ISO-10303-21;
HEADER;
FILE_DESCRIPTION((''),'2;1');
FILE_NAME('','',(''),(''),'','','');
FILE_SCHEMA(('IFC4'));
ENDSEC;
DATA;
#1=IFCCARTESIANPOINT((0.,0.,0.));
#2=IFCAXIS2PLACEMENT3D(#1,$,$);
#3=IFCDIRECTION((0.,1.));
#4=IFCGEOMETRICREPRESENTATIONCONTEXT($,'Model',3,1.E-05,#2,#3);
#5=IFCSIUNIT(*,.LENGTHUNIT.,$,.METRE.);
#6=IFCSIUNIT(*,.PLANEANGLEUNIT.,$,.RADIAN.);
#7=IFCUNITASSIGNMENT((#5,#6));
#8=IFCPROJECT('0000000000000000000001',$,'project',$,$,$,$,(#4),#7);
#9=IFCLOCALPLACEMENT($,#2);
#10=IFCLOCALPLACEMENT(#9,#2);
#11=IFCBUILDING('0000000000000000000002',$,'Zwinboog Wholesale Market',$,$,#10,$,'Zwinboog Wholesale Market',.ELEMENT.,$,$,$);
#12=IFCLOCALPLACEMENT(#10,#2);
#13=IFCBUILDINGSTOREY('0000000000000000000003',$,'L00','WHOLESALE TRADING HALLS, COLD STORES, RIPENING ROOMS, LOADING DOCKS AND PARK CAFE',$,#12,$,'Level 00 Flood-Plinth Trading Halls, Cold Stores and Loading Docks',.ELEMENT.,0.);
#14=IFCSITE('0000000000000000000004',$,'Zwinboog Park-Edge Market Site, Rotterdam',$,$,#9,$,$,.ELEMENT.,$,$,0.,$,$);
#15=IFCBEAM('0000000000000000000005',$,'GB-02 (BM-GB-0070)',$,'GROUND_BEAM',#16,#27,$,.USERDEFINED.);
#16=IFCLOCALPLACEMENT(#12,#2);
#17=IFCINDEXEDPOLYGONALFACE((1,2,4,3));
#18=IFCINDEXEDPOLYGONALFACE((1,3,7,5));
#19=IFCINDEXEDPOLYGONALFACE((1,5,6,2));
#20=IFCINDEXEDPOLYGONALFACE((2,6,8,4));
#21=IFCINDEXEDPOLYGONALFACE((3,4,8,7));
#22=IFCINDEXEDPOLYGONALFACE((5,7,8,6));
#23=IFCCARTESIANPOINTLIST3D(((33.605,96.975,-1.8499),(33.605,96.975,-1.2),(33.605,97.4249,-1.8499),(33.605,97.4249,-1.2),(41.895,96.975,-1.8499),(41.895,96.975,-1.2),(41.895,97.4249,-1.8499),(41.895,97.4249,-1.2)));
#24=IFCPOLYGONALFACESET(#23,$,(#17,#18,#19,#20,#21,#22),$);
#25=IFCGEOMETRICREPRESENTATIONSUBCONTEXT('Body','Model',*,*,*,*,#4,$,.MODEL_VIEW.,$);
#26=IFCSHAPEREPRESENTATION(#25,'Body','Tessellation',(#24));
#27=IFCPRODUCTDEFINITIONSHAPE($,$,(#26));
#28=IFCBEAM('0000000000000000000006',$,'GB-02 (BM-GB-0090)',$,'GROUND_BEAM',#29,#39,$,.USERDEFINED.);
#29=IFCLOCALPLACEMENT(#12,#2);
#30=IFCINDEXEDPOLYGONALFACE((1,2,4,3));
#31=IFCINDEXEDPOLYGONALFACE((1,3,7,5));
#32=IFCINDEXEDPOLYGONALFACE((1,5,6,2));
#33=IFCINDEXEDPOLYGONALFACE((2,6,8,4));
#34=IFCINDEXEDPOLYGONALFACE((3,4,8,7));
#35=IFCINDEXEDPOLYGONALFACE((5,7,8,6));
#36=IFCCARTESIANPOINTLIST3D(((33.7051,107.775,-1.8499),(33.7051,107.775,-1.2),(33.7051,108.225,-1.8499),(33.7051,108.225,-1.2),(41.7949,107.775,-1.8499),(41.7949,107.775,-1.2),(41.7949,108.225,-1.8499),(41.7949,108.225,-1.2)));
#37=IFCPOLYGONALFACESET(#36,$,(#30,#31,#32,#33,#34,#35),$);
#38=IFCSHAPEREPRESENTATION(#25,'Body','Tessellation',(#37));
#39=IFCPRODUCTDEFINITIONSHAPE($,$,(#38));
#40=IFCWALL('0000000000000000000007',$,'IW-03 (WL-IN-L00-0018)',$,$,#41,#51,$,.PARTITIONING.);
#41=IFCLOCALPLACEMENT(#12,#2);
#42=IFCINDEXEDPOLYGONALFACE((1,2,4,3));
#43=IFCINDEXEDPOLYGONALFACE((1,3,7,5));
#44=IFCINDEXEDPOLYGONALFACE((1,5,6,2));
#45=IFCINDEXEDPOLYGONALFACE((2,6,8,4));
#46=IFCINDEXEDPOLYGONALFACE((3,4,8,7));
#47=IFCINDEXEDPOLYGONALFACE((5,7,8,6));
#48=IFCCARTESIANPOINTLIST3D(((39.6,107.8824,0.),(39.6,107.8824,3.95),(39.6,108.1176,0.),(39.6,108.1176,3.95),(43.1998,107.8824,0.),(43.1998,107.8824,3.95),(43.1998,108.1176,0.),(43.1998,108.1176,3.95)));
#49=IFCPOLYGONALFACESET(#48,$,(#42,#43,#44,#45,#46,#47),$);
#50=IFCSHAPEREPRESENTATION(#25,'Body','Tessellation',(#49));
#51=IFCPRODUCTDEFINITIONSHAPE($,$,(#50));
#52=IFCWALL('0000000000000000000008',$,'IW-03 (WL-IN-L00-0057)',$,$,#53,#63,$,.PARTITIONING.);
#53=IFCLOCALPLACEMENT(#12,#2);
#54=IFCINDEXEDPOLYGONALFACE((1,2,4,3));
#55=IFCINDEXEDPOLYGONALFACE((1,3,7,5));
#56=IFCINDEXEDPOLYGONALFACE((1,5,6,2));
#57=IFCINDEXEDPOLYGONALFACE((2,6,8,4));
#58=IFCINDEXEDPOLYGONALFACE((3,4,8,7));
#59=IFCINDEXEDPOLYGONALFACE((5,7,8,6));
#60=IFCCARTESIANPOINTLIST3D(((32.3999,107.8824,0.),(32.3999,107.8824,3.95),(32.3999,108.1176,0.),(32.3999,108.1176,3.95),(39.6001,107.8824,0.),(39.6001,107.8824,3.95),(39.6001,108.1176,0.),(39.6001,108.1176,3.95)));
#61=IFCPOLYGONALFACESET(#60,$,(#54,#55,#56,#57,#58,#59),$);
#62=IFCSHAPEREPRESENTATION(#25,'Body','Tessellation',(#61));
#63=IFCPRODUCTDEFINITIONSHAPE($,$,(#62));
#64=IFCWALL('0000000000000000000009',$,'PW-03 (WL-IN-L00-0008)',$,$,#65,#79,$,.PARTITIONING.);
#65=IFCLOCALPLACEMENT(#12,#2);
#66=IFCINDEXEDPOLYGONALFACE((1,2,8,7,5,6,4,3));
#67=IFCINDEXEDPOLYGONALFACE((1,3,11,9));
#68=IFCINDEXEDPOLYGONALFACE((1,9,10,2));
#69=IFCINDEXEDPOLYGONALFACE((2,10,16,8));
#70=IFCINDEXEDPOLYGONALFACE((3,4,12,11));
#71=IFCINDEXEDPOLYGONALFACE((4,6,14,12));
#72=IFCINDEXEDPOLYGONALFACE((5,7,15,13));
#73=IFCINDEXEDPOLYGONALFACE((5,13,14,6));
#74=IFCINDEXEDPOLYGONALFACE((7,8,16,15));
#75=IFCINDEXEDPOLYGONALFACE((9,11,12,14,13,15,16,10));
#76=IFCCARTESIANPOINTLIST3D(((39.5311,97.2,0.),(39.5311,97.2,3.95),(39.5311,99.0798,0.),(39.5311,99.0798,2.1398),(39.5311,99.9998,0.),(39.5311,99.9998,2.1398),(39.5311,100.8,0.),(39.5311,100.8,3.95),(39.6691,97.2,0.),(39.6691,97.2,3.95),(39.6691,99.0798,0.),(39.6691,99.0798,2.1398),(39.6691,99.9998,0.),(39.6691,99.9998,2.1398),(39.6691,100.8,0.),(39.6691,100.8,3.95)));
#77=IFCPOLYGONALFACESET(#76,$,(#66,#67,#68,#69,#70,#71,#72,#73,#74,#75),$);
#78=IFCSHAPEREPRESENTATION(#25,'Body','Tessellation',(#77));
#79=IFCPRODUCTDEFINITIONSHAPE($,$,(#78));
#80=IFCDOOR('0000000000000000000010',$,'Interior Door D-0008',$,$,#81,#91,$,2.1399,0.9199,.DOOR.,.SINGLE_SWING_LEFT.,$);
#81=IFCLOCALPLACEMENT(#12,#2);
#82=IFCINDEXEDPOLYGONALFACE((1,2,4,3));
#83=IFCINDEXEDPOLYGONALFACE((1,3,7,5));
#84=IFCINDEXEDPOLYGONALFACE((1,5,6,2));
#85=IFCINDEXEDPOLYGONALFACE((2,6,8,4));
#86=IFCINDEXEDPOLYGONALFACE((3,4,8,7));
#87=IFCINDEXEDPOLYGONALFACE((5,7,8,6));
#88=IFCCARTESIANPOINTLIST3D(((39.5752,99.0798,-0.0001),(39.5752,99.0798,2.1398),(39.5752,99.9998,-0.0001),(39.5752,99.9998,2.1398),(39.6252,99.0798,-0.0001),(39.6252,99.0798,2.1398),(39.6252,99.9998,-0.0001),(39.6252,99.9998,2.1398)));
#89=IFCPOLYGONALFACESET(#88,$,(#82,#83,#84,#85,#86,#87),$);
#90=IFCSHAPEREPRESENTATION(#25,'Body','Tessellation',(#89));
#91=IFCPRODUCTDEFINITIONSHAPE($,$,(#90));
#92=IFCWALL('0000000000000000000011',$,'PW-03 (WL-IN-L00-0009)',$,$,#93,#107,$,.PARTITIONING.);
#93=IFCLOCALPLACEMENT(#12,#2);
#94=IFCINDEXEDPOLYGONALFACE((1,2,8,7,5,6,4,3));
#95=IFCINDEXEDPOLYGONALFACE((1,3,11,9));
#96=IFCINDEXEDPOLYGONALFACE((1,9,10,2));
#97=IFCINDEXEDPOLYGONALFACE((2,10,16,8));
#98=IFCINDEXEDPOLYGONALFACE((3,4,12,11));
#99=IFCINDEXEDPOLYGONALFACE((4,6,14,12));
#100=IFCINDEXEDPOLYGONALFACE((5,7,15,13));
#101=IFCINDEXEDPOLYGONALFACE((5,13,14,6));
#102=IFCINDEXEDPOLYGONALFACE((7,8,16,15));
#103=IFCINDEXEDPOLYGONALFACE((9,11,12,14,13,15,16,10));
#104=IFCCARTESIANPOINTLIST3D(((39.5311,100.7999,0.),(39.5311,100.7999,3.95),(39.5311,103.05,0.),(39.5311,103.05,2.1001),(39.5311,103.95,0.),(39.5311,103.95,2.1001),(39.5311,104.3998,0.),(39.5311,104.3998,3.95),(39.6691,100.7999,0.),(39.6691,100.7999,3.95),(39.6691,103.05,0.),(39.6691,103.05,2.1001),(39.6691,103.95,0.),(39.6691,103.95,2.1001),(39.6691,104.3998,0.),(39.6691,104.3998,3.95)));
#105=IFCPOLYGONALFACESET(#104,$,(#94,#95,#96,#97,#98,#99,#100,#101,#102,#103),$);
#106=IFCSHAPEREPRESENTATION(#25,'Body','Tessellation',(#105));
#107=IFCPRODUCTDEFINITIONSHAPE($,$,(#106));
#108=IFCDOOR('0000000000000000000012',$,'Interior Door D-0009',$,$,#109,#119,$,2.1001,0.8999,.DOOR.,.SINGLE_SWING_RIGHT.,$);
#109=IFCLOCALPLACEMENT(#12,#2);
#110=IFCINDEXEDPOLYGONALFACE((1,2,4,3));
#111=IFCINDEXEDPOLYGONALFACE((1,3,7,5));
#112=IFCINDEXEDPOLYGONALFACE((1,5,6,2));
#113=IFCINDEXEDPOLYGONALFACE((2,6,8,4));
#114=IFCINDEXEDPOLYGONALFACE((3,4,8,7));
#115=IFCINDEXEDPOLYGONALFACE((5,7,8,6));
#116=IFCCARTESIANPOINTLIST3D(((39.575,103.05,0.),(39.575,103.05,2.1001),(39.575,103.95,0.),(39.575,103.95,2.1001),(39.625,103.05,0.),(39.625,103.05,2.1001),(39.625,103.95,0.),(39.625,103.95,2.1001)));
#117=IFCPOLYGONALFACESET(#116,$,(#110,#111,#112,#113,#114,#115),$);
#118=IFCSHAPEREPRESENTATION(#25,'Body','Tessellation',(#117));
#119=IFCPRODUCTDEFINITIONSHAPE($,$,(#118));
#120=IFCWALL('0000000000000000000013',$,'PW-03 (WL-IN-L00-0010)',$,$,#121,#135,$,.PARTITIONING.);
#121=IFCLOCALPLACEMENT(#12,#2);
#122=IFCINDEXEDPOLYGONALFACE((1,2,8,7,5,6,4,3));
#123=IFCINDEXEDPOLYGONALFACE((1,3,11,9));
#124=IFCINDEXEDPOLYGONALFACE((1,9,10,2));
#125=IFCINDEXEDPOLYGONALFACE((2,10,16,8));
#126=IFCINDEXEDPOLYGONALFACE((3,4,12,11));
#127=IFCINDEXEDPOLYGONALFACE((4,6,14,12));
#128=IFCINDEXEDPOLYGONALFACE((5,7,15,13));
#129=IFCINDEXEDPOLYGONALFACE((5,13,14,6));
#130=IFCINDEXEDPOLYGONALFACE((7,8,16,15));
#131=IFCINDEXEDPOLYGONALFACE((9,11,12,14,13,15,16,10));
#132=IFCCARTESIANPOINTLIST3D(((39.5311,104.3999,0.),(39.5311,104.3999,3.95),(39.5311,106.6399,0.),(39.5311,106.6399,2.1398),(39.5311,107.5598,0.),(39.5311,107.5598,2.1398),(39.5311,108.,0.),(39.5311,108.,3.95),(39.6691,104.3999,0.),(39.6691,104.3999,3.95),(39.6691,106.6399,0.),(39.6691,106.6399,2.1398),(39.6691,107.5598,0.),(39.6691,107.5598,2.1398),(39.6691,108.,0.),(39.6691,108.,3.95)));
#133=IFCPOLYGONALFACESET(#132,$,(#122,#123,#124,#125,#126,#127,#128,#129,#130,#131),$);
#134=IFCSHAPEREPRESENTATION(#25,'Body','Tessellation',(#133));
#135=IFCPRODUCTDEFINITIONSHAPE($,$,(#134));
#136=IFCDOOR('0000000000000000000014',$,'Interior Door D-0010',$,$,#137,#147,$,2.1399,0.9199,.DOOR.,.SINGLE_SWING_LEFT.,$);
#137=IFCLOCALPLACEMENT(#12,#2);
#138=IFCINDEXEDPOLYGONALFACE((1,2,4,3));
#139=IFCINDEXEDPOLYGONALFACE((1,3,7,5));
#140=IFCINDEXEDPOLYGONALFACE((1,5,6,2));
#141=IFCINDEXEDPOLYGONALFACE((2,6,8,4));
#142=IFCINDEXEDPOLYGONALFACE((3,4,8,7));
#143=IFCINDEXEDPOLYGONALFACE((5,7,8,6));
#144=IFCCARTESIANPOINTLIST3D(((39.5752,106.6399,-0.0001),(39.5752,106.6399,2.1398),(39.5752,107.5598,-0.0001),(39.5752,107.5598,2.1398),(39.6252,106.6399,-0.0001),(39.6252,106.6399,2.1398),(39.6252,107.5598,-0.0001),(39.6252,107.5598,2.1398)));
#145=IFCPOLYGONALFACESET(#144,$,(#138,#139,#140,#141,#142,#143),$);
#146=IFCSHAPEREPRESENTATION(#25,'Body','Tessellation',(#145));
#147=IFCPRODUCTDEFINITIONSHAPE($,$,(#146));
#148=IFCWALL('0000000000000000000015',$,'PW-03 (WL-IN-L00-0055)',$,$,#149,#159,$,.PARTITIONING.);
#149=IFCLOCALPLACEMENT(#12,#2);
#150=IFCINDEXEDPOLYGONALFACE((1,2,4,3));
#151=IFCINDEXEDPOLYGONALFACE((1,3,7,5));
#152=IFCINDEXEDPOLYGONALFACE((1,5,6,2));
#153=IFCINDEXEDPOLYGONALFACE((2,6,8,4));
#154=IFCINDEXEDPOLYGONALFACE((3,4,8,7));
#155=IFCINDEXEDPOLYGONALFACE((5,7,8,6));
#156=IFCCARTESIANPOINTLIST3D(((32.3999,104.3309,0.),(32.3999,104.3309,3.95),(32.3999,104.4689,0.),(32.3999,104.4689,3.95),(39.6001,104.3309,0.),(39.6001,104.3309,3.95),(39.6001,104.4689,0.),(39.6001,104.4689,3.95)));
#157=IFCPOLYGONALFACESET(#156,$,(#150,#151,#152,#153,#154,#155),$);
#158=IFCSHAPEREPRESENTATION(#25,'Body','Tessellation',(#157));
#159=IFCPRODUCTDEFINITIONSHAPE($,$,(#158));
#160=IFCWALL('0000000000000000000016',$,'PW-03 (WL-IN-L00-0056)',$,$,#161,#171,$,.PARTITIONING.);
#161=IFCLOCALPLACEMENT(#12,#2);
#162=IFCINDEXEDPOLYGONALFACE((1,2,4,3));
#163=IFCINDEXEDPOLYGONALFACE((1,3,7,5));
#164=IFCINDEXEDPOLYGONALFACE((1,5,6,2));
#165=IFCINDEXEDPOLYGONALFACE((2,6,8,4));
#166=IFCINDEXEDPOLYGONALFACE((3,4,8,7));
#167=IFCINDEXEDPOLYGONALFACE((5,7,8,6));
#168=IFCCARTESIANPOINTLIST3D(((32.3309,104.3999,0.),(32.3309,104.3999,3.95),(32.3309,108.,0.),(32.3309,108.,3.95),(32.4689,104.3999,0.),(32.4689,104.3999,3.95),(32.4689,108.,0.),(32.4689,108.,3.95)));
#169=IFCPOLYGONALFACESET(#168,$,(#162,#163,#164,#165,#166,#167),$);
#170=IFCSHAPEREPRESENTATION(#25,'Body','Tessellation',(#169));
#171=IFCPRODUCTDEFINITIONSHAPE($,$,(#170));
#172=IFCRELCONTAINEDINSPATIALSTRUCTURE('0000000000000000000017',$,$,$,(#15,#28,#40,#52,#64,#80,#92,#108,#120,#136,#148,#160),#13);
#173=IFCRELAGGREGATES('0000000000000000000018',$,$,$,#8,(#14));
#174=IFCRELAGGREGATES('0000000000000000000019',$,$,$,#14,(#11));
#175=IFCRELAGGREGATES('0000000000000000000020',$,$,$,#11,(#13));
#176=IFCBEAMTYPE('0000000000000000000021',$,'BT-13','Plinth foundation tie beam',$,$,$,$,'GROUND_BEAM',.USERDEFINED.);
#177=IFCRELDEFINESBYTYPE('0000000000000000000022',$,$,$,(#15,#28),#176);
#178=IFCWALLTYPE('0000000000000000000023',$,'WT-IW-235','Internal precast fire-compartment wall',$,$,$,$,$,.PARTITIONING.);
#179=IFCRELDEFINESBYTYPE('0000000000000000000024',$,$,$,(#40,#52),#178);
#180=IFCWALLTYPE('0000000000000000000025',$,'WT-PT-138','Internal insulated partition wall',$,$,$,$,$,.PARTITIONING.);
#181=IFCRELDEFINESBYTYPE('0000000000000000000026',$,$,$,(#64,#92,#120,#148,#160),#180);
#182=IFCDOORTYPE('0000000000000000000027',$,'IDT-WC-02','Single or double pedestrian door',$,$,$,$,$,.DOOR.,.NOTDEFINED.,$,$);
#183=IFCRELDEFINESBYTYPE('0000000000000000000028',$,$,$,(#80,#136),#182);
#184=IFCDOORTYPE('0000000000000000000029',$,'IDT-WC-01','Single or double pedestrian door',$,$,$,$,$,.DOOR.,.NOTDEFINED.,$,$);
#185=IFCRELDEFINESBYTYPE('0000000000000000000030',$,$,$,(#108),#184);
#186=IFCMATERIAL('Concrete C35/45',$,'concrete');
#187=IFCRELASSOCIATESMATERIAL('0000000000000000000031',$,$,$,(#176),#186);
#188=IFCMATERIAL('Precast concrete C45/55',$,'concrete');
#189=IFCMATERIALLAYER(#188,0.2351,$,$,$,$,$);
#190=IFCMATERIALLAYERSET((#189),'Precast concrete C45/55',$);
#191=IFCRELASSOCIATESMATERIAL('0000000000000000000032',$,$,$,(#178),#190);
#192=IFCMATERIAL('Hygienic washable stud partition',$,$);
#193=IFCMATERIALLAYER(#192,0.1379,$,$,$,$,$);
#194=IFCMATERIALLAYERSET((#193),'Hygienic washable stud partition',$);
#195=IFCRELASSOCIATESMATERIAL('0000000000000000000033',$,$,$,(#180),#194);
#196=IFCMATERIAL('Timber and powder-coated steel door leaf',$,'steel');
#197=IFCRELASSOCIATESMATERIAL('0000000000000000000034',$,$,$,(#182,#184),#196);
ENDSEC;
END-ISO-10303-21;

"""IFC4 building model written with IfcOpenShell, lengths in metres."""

from ifc_helpers import new_model, si_unit, direction, frame, frame_2d, origin, origin_2d, place, context, subcontext, project, spatial, rectangle, extrude, material, layer, layer_set, material_profile, profile_set, type_object, element, fill, save


model = new_model("IFC4")

# Units and contexts
model_context = context("Model", 3, precision=1e-05, world=origin(), true_north=direction((0.0, 1.0)))
body_context = subcontext(model_context, "Body", "Model", "MODEL_VIEW")
ifc_project = project(units=[si_unit("LENGTHUNIT", "METRE"), si_unit("PLANEANGLEUNIT", "RADIAN")], contexts=[model_context])

# Site, building, storey
site_placement = place(None, origin())
site = spatial("IfcSite", under=ifc_project, at=site_placement, Name="Zwinboog Park-Edge Market Site, Rotterdam", CompositionType="ELEMENT", RefElevation=0.0)
building_placement = place(site_placement, origin())
building = spatial("IfcBuilding", under=site, at=building_placement, Name="Zwinboog Wholesale Market", LongName="Zwinboog Wholesale Market", CompositionType="ELEMENT")
storey_placement = place(building_placement, origin())
storey = spatial("IfcBuildingStorey", under=building, at=storey_placement, Name="L00", Description="WHOLESALE TRADING HALLS, COLD STORES, RIPENING ROOMS, LOADING DOCKS AND PARK CAFE", LongName="Level 00 Flood-Plinth Trading Halls, Cold Stores and Loading Docks", CompositionType="ELEMENT", Elevation=0.0)

# Shared definitions
ifc_material_1 = material(Name="Concrete C35/45", Category="concrete")

# Shared definitions
ifc_material_2 = material(Name="Precast concrete C45/55", Category="concrete")

# Beams
ifc_material_profile_1 = material_profile(ifc_material_1, rectangle(XDim=0.45, YDim=0.6499, at=origin_2d()), Name="RC 450x650")
ifc_profile_set_1 = profile_set([ifc_material_profile_1], Name="Concrete C35/45")
beam_type_1 = type_object("IfcBeamType", Name="BT-13", Description="Plinth foundation tie beam", ElementType="GROUND_BEAM", PredefinedType="USERDEFINED", material=ifc_profile_set_1)
beam_1_placement = place(storey_placement, frame((33.605, 97.2, -1.5249), z_axis=(1.0, 0.0, 0.0), x_axis=(0.0, 1.0, 0.0)))
element("IfcBeam", 1, at=beam_1_placement, inside=storey, type_object=beam_type_1, Name="GB-02 (BM-GB-0070)", ObjectType="GROUND_BEAM", PredefinedType="USERDEFINED", context=body_context, shape_type="SweptSolid", body=[
    extrude(rectangle(XDim=0.45, YDim=0.6499, at=origin_2d()), origin(), (0.0, 0.0, 1.0), 8.29),
])
beam_2_placement = place(storey_placement, frame((33.7051, 108.0, -1.5249), z_axis=(1.0, 0.0, 0.0), x_axis=(0.0, 1.0, 0.0)))
element("IfcBeam", 2, at=beam_2_placement, inside=storey, type_object=beam_type_1, Name="GB-02 (BM-GB-0090)", ObjectType="GROUND_BEAM", PredefinedType="USERDEFINED", context=body_context, shape_type="SweptSolid", body=[
    extrude(rectangle(XDim=0.45, YDim=0.6499, at=origin_2d()), origin(), (0.0, 0.0, 1.0), 8.0898),
])

# Walls
ifc_layer_1 = layer(ifc_material_2, 0.2351)
ifc_layer_set_1 = layer_set([ifc_layer_1], Name="Precast concrete C45/55")
wall_type_1 = type_object("IfcWallType", Name="WT-IW-235", Description="Internal precast fire-compartment wall", PredefinedType="PARTITIONING", material=ifc_layer_set_1)
wall_1_placement = place(storey_placement, frame((39.6001, 108.0, 0.0), z_axis=(0.0, 0.0, 1.0), x_axis=(1.0, 0.0, 0.0)))
element("IfcWall", 3, at=wall_1_placement, inside=storey, type_object=wall_type_1, Name="IW-03 (WL-IN-L00-0018)", PredefinedType="PARTITIONING", context=body_context, shape_type="SweptSolid", body=[
    extrude(rectangle(XDim=3.5999, YDim=0.2351, at=frame_2d((1.7998, 0.0))), origin(), (0.0, 0.0, 1.0), 3.95),
])
wall_2_placement = place(storey_placement, frame((32.3999, 108.0, 0.0), z_axis=(0.0, 0.0, 1.0), x_axis=(1.0, 0.0, 0.0)))
element("IfcWall", 4, at=wall_2_placement, inside=storey, type_object=wall_type_1, Name="IW-03 (WL-IN-L00-0057)", PredefinedType="PARTITIONING", context=body_context, shape_type="SweptSolid", body=[
    extrude(rectangle(XDim=7.2002, YDim=0.2351, at=frame_2d((3.6001, 0.0))), origin(), (0.0, 0.0, 1.0), 3.95),
])

# Walls, openings, doors
ifc_material_3 = material(Name="Hygienic washable stud partition")
ifc_layer_2 = layer(ifc_material_3, 0.1379)
ifc_layer_set_2 = layer_set([ifc_layer_2], Name="Hygienic washable stud partition")
wall_type_2 = type_object("IfcWallType", Name="WT-PT-138", Description="Internal insulated partition wall", PredefinedType="PARTITIONING", material=ifc_layer_set_2)
wall_3_placement = place(storey_placement, frame((39.6001, 97.2, 0.0), z_axis=(0.0, 0.0, 1.0), x_axis=(0.0, 1.0, 0.0)))
wall_3 = element("IfcWall", 5, at=wall_3_placement, inside=storey, type_object=wall_type_2, Name="PW-03 (WL-IN-L00-0008)", PredefinedType="PARTITIONING", context=body_context, shape_type="SweptSolid", body=[
    extrude(rectangle(XDim=3.6001, YDim=0.1379, at=frame_2d((1.8, 0.0))), origin(), (0.0, 0.0, 1.0), 3.95),
])
opening_1_placement = place(wall_3_placement, frame((1.8799, 0.0, 0.0)))
opening_1 = element("IfcOpeningElement", 6, at=opening_1_placement, cuts=wall_3, PredefinedType="OPENING", context=body_context, shape_type="SweptSolid", body=[
    extrude(rectangle(XDim=0.9199, YDim=2.1399, at=frame_2d((0.46, 1.0698))), frame((0.0, 0.0789, 0.0), z_axis=(0.0, -1.0, 0.0), x_axis=(1.0, 0.0, 0.0)), (0.0, 0.0, 1.0), 0.158),
])
ifc_material_4 = material(Name="Timber and powder-coated steel door leaf", Category="steel")
door_type_1 = type_object("IfcDoorType", Name="IDT-WC-02", Description="Single or double pedestrian door", OperationType="NOTDEFINED", PredefinedType="DOOR", material=ifc_material_4)
door_1_placement = place(opening_1_placement, origin())
door_1 = element("IfcDoor", 7, at=door_1_placement, inside=storey, type_object=door_type_1, Name="Interior Door D-0008", OperationType="SINGLE_SWING_LEFT", OverallHeight=2.1399, OverallWidth=0.9199, PredefinedType="DOOR", context=body_context, shape_type="SweptSolid", body=[
    extrude(rectangle(XDim=0.9199, YDim=2.1399, at=frame_2d((0.46, 1.0698))), frame((0.0, 0.0249, 0.0), z_axis=(0.0, -1.0, 0.0), x_axis=(1.0, 0.0, 0.0)), (0.0, 0.0, 1.0), 0.05),
])
fill(opening_1, door_1)
wall_4_placement = place(storey_placement, frame((39.6001, 100.8, 0.0), z_axis=(0.0, 0.0, 1.0), x_axis=(0.0, 1.0, 0.0)))
wall_4 = element("IfcWall", 8, at=wall_4_placement, inside=storey, type_object=wall_type_2, Name="PW-03 (WL-IN-L00-0009)", PredefinedType="PARTITIONING", context=body_context, shape_type="SweptSolid", body=[
    extrude(rectangle(XDim=3.5999, YDim=0.1379, at=frame_2d((1.7998, 0.0))), origin(), (0.0, 0.0, 1.0), 3.95),
])
opening_2_placement = place(wall_4_placement, frame((2.25, 0.0, 0.0)))
opening_2 = element("IfcOpeningElement", 9, at=opening_2_placement, cuts=wall_4, PredefinedType="OPENING", context=body_context, shape_type="SweptSolid", body=[
    extrude(rectangle(XDim=0.8999, YDim=2.1001, at=frame_2d((0.45, 1.05))), frame((0.0, 0.0789, 0.0), z_axis=(0.0, -1.0, 0.0), x_axis=(1.0, 0.0, 0.0)), (0.0, 0.0, 1.0), 0.158),
])
door_type_2 = type_object("IfcDoorType", Name="IDT-WC-01", Description="Single or double pedestrian door", OperationType="NOTDEFINED", PredefinedType="DOOR", material=ifc_material_4)
door_2_placement = place(opening_2_placement, frame((0.8999, 0.0, 0.0), z_axis=(0.0, 0.0, 1.0), x_axis=(-1.0, 0.0, 0.0)))
door_2 = element("IfcDoor", 10, at=door_2_placement, inside=storey, type_object=door_type_2, Name="Interior Door D-0009", OperationType="SINGLE_SWING_RIGHT", OverallHeight=2.1001, OverallWidth=0.8999, PredefinedType="DOOR", context=body_context, shape_type="SweptSolid", body=[
    extrude(rectangle(XDim=0.8999, YDim=2.1001, at=frame_2d((0.45, 1.05))), frame((0.0, 0.0249, 0.0), z_axis=(0.0, -1.0, 0.0), x_axis=(1.0, 0.0, 0.0)), (0.0, 0.0, 1.0), 0.05),
])
fill(opening_2, door_2)
wall_5_placement = place(storey_placement, frame((39.6001, 104.3999, 0.0), z_axis=(0.0, 0.0, 1.0), x_axis=(0.0, 1.0, 0.0)))
wall_5 = element("IfcWall", 11, at=wall_5_placement, inside=storey, type_object=wall_type_2, Name="PW-03 (WL-IN-L00-0010)", PredefinedType="PARTITIONING", context=body_context, shape_type="SweptSolid", body=[
    extrude(rectangle(XDim=3.6001, YDim=0.1379, at=frame_2d((1.8, 0.0))), origin(), (0.0, 0.0, 1.0), 3.95),
])
opening_3_placement = place(wall_5_placement, frame((2.24, 0.0, 0.0)))
opening_3 = element("IfcOpeningElement", 12, at=opening_3_placement, cuts=wall_5, PredefinedType="OPENING", context=body_context, shape_type="SweptSolid", body=[
    extrude(rectangle(XDim=0.9199, YDim=2.1399, at=frame_2d((0.46, 1.0698))), frame((0.0, 0.0789, 0.0), z_axis=(0.0, -1.0, 0.0), x_axis=(1.0, 0.0, 0.0)), (0.0, 0.0, 1.0), 0.158),
])
door_3_placement = place(opening_3_placement, origin())
door_3 = element("IfcDoor", 13, at=door_3_placement, inside=storey, type_object=door_type_1, Name="Interior Door D-0010", OperationType="SINGLE_SWING_LEFT", OverallHeight=2.1399, OverallWidth=0.9199, PredefinedType="DOOR", context=body_context, shape_type="SweptSolid", body=[
    extrude(rectangle(XDim=0.9199, YDim=2.1399, at=frame_2d((0.46, 1.0698))), frame((0.0, 0.0249, 0.0), z_axis=(0.0, -1.0, 0.0), x_axis=(1.0, 0.0, 0.0)), (0.0, 0.0, 1.0), 0.05),
])
fill(opening_3, door_3)

# Walls
wall_6_placement = place(storey_placement, frame((32.3999, 104.3999, 0.0), z_axis=(0.0, 0.0, 1.0), x_axis=(1.0, 0.0, 0.0)))
element("IfcWall", 14, at=wall_6_placement, inside=storey, type_object=wall_type_2, Name="PW-03 (WL-IN-L00-0055)", PredefinedType="PARTITIONING", context=body_context, shape_type="SweptSolid", body=[
    extrude(rectangle(XDim=7.2002, YDim=0.1379, at=frame_2d((3.6001, 0.0))), origin(), (0.0, 0.0, 1.0), 3.95),
])
wall_7_placement = place(storey_placement, frame((32.3999, 104.3999, 0.0), z_axis=(0.0, 0.0, 1.0), x_axis=(0.0, 1.0, 0.0)))
element("IfcWall", 15, at=wall_7_placement, inside=storey, type_object=wall_type_2, Name="PW-03 (WL-IN-L00-0056)", PredefinedType="PARTITIONING", context=body_context, shape_type="SweptSolid", body=[
    extrude(rectangle(XDim=3.6001, YDim=0.1379, at=frame_2d((1.8, 0.0))), origin(), (0.0, 0.0, 1.0), 3.95),
])

save(model, "model.ifc")
